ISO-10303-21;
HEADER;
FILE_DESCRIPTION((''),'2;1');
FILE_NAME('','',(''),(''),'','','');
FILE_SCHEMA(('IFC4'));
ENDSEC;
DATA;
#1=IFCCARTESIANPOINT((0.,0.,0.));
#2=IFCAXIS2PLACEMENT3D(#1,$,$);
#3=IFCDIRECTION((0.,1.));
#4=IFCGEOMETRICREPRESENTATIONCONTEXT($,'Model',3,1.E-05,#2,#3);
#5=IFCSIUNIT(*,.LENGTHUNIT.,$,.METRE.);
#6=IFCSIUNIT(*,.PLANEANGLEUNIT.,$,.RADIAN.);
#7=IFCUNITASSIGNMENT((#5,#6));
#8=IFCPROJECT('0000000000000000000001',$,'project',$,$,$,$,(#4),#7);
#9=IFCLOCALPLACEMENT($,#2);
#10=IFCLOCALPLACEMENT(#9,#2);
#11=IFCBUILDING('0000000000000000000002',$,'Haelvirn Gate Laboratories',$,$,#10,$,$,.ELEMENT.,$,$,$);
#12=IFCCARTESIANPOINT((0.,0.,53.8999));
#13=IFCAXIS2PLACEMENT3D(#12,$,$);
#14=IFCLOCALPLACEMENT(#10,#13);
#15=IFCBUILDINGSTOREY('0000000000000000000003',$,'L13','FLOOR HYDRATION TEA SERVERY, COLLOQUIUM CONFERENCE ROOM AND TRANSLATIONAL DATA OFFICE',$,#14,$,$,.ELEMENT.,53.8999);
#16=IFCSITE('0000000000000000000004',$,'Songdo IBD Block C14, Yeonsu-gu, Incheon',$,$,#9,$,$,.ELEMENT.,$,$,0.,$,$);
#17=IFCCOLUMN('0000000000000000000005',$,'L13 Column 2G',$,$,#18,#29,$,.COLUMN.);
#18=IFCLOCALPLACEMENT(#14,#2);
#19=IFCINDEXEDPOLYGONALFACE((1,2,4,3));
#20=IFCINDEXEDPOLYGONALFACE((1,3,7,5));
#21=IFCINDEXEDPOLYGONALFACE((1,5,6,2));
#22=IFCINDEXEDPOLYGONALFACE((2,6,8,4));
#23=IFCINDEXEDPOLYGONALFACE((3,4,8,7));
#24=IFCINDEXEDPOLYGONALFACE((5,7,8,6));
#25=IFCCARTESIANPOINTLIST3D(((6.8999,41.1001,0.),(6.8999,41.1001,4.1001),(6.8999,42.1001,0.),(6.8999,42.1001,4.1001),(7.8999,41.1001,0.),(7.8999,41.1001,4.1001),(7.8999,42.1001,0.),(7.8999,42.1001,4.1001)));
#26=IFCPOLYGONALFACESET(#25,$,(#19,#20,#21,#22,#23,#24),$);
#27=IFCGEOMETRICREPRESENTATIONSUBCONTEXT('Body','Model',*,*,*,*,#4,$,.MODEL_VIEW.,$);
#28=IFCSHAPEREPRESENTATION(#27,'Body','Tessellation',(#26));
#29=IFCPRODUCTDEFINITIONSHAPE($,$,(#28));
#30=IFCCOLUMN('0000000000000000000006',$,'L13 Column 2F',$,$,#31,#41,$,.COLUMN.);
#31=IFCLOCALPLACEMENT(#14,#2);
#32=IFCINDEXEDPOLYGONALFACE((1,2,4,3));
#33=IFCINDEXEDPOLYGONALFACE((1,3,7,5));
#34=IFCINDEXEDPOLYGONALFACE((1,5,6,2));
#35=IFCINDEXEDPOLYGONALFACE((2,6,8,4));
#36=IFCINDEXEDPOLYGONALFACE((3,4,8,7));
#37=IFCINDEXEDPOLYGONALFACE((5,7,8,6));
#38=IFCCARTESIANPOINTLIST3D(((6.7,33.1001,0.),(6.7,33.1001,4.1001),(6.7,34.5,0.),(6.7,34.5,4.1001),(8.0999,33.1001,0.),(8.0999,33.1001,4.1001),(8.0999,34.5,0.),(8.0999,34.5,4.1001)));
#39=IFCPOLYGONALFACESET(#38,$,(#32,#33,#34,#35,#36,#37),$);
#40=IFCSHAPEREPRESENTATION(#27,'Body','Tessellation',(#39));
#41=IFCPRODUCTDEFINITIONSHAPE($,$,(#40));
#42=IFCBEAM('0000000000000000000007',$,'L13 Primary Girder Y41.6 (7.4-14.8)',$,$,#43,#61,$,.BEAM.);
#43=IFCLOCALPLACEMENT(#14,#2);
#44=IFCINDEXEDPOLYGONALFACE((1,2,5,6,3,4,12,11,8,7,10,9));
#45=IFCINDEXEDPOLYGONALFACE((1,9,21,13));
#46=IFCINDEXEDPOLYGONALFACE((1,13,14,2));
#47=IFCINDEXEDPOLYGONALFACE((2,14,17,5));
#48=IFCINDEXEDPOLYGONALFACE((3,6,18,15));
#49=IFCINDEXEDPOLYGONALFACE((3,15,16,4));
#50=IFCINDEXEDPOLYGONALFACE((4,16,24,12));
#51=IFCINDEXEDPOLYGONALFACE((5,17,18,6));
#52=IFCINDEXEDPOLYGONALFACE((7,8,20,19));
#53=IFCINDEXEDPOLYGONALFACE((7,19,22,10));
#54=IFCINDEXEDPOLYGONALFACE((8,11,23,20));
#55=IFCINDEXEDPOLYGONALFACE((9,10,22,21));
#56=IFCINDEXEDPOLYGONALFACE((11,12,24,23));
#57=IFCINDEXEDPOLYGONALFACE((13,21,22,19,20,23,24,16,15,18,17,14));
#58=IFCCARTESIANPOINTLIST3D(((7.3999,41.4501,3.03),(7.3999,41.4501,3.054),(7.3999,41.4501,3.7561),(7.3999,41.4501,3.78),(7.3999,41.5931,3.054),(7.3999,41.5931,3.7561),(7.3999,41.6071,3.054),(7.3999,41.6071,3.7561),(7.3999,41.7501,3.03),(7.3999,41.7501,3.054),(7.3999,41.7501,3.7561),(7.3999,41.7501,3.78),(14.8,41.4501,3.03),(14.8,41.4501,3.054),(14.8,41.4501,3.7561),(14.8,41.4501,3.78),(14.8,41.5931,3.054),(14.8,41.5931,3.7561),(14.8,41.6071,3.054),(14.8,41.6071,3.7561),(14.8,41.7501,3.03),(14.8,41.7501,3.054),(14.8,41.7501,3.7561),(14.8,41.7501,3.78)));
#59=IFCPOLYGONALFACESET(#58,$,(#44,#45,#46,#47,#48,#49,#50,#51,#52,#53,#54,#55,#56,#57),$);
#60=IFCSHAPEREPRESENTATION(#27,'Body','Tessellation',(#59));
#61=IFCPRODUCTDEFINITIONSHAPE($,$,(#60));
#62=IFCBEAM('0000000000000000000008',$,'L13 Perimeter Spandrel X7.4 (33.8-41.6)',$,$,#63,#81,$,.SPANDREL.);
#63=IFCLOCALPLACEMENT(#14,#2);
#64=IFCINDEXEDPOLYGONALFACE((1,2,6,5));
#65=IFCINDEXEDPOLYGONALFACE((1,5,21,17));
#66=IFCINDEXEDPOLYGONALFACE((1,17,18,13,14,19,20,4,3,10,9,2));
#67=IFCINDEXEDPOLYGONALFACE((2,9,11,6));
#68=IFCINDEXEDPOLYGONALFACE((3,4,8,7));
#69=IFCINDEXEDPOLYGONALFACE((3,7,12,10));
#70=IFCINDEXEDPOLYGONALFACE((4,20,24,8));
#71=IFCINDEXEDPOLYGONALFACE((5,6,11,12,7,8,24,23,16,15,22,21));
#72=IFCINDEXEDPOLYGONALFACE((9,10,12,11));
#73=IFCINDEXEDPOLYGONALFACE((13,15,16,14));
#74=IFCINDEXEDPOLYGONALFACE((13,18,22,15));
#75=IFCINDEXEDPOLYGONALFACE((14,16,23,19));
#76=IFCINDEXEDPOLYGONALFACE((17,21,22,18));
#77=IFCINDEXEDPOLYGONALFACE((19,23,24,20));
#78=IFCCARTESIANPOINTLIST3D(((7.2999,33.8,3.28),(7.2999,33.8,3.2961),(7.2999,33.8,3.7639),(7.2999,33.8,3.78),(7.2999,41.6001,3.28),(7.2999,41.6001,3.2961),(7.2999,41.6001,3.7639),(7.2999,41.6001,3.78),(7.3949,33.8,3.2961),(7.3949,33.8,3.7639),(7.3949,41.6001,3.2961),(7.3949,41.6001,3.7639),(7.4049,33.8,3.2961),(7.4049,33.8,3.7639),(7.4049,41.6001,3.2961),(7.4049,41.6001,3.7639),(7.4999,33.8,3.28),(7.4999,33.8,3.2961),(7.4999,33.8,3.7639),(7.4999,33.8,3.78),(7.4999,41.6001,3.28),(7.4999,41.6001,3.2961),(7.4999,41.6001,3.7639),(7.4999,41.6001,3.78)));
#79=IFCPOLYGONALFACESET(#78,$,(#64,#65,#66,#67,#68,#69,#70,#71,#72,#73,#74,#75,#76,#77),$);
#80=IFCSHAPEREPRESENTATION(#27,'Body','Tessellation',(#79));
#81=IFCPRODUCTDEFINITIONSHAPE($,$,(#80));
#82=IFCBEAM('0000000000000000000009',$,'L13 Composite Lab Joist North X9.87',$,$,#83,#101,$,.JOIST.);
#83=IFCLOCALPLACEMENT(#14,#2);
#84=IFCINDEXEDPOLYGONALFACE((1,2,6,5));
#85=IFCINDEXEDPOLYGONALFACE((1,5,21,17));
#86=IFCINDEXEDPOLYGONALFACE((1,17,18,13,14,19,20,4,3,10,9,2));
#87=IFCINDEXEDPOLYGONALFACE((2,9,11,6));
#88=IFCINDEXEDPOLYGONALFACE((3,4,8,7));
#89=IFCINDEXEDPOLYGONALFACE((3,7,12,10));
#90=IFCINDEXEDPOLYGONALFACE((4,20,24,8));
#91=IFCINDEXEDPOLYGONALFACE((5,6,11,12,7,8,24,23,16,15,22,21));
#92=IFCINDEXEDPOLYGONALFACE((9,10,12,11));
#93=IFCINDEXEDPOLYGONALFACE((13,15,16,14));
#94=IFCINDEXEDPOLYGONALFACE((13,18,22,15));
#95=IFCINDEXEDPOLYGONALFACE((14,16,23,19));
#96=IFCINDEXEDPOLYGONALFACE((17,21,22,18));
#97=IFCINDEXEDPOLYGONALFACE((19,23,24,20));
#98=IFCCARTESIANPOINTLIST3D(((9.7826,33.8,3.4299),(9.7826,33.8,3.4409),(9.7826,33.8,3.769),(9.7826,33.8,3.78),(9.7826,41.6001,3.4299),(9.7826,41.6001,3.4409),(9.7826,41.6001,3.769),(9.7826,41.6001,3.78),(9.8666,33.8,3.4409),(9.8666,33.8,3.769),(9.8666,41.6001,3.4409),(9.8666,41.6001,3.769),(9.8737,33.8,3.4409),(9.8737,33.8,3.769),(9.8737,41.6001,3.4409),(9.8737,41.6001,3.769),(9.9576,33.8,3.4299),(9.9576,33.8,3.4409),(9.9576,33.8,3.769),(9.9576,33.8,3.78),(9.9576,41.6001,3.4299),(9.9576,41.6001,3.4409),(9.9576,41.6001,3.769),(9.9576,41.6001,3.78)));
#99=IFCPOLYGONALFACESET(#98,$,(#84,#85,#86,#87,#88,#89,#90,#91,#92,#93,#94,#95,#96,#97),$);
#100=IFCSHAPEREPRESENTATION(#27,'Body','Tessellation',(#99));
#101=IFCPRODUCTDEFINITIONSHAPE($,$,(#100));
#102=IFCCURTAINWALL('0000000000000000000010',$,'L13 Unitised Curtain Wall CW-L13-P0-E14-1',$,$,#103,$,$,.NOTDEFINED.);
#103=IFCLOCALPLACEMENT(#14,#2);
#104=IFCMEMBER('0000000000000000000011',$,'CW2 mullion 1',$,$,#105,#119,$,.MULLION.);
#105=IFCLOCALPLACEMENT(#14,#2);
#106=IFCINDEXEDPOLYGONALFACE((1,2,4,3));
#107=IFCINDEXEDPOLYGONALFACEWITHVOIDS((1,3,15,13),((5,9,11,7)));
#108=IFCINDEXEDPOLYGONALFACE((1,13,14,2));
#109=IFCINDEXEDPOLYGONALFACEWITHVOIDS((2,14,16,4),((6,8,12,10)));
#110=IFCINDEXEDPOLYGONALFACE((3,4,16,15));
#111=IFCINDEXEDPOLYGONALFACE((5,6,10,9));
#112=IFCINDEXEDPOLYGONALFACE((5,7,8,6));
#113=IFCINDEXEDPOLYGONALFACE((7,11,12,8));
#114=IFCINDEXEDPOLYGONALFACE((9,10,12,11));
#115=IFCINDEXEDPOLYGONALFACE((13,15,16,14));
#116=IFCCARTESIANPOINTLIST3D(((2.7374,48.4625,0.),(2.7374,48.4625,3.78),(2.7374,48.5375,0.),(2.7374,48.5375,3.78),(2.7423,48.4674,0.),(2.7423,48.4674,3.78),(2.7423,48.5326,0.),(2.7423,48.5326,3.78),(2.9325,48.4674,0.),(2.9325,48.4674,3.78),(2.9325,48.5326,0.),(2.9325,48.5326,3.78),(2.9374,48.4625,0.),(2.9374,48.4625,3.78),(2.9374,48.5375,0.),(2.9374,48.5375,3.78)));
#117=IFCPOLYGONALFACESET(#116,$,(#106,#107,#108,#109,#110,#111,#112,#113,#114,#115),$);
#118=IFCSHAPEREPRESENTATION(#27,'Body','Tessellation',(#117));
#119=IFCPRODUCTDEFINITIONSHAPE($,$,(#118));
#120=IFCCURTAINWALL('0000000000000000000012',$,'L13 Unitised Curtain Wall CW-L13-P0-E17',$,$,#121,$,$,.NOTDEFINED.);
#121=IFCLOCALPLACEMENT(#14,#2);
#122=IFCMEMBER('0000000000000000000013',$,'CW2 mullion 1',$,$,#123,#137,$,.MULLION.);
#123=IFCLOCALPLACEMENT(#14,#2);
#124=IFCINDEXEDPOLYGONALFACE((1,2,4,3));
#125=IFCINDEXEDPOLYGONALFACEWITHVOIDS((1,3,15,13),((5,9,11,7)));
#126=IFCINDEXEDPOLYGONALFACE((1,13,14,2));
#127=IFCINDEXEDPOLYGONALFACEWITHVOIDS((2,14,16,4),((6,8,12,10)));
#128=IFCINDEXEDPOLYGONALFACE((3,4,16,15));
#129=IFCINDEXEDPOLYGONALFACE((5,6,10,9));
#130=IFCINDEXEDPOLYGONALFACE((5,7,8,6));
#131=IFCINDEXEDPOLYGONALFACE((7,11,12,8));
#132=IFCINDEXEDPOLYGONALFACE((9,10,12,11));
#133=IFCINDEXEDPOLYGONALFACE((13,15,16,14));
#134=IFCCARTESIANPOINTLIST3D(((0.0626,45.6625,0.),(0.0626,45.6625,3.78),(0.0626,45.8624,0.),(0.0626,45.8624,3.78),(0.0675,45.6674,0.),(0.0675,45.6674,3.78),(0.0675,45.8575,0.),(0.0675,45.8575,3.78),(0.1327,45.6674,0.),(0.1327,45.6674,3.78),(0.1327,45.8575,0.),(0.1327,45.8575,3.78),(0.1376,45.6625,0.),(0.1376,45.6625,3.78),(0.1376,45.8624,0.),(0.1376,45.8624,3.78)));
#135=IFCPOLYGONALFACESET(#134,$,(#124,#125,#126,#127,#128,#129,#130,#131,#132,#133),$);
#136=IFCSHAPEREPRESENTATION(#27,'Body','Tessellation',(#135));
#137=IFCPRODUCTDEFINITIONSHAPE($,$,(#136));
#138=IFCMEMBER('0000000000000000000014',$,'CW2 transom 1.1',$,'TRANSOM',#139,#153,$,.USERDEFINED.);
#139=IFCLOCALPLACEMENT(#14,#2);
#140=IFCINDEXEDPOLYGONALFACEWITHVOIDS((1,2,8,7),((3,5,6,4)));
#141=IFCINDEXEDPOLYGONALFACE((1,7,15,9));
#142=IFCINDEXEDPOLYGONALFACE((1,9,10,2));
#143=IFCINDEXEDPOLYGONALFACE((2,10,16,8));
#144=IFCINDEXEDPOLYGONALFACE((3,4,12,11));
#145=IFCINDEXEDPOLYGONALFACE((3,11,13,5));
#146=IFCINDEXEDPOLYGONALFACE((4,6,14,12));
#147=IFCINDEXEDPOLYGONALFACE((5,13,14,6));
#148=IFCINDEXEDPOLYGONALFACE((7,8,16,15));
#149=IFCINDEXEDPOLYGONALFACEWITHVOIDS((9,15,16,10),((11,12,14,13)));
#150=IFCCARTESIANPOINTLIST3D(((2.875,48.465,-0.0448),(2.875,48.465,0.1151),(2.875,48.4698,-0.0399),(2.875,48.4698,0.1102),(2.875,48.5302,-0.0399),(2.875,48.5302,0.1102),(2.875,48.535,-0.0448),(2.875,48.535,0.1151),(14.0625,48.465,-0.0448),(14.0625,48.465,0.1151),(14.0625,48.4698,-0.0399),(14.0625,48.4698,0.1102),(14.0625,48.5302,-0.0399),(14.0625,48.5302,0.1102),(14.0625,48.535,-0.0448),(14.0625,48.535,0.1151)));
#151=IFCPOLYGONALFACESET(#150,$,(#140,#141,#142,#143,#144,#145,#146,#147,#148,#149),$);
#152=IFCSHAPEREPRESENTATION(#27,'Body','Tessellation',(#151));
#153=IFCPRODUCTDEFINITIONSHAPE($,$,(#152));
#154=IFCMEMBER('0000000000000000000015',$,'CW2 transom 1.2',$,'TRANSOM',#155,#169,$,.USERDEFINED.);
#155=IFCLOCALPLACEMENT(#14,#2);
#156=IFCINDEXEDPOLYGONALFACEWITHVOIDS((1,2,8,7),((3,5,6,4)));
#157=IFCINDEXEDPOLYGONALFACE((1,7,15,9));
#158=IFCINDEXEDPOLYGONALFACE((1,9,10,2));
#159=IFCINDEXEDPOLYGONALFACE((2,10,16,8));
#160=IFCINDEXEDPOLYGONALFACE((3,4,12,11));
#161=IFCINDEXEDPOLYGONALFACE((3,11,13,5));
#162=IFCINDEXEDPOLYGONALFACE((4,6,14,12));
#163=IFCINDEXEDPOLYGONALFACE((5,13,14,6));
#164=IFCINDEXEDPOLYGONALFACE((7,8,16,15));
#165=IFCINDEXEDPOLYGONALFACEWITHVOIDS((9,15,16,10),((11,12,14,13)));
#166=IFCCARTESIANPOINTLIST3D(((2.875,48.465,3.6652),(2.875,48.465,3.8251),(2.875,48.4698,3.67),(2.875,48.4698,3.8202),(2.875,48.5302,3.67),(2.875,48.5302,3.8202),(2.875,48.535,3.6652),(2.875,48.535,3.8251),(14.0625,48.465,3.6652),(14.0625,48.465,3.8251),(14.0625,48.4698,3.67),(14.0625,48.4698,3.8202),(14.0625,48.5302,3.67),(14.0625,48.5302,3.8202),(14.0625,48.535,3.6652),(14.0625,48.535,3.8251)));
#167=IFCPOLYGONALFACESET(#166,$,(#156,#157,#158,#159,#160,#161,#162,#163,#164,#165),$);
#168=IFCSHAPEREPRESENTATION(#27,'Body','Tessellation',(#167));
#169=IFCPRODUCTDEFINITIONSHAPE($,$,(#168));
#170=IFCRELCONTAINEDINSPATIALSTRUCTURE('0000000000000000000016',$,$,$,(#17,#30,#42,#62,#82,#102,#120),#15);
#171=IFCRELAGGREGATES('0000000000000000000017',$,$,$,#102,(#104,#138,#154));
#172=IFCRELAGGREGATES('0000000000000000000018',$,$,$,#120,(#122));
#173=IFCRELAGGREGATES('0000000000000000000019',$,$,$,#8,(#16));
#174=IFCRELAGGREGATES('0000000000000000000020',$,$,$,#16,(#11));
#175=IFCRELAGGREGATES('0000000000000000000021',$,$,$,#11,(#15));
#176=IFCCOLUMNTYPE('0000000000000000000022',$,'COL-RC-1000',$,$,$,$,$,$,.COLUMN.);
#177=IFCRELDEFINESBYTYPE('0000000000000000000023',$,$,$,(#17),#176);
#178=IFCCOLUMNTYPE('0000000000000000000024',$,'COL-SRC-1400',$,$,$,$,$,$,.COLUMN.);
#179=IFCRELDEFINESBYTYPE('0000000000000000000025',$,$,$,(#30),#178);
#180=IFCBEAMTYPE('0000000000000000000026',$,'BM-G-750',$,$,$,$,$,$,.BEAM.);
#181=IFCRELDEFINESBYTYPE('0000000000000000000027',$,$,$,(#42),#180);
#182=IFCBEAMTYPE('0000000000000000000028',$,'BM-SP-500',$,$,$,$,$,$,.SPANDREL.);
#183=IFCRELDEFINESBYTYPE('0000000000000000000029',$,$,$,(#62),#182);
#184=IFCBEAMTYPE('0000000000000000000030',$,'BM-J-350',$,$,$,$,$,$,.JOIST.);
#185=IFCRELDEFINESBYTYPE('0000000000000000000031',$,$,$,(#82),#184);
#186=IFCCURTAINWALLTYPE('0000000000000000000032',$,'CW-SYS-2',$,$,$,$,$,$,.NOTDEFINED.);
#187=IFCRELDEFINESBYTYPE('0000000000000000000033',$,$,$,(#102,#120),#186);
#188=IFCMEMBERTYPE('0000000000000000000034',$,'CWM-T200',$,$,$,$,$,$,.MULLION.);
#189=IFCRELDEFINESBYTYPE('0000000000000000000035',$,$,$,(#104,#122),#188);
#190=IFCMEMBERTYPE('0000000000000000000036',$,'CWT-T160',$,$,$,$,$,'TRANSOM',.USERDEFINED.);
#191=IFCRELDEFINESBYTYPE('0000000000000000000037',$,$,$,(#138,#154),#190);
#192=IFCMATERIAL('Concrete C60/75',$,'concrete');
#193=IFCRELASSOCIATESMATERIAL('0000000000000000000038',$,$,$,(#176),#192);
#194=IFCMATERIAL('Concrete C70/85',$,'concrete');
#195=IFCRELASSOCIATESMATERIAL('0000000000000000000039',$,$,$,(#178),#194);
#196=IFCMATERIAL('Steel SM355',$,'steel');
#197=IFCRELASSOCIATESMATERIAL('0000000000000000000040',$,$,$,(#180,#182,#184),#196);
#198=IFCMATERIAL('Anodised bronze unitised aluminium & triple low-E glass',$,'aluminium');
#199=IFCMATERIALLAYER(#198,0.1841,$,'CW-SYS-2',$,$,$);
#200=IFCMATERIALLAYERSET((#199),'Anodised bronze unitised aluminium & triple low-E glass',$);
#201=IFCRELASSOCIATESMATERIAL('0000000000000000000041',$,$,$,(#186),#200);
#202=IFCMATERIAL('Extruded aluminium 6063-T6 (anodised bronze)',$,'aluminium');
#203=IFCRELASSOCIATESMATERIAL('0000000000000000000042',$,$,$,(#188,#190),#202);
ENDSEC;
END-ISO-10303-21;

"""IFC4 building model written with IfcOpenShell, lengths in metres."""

from ifc_helpers import new_model, si_unit, direction, frame, origin, origin_2d, place, context, subcontext, project, spatial, rectangle, hollow_rectangle, i_section, extrude, source, transform, mapped, material, layer, layer_set, material_profile, profile_set, type_object, type_shapes, element, aggregate, save


model = new_model("IFC4")

# Units and contexts
model_context = context("Model", 3, precision=1e-05, world=origin(), true_north=direction((0.0, 1.0)))
body_context = subcontext(model_context, "Body", "Model", "MODEL_VIEW")
ifc_project = project(units=[si_unit("LENGTHUNIT", "METRE"), si_unit("PLANEANGLEUNIT", "RADIAN")], contexts=[model_context])

# Site, building, storey
site_placement = place(None, origin())
site = spatial("IfcSite", under=ifc_project, at=site_placement, Name="Songdo IBD Block C14, Yeonsu-gu, Incheon", CompositionType="ELEMENT", RefElevation=0.0)
building_placement = place(site_placement, origin())
building = spatial("IfcBuilding", under=site, at=building_placement, Name="Haelvirn Gate Laboratories", CompositionType="ELEMENT")
storey_placement = place(building_placement, frame((0.0, 0.0, 53.8999)))
storey = spatial("IfcBuildingStorey", under=building, at=storey_placement, Name="L13", Description="FLOOR HYDRATION TEA SERVERY, COLLOQUIUM CONFERENCE ROOM AND TRANSLATIONAL DATA OFFICE", CompositionType="ELEMENT", Elevation=53.8999)

# Columns
ifc_material_1 = material(Name="Concrete C60/75", Category="concrete")
ifc_material_profile_1 = material_profile(ifc_material_1, rectangle(XDim=1.0, YDim=1.0, at=origin_2d()), Name="RC-1000x1000")
ifc_profile_set_1 = profile_set([ifc_material_profile_1], Name="Concrete C60/75")
column_type_1 = type_object("IfcColumnType", Name="COL-RC-1000", PredefinedType="COLUMN", material=ifc_profile_set_1)
shared_shape_1 = source(origin(), body_context, "Body", "SweptSolid", [
    extrude(rectangle(XDim=1.0, YDim=1.0, at=origin_2d()), origin(), (0.0, 0.0, 1.0), 4.1001),
])
type_shapes(column_type_1, [shared_shape_1])
column_1_placement = place(storey_placement, frame((7.3999, 41.6001, 0.0), z_axis=(0.0, 0.0, 1.0), x_axis=(1.0, 0.0, 0.0)))
element("IfcColumn", 1, at=column_1_placement, inside=storey, type_object=column_type_1, Name="L13 Column 2G", PredefinedType="COLUMN", context=body_context, shape_type="MappedRepresentation", body=[
    mapped(shared_shape_1, transform((0.0, 0.0, 0.0), scale=1.0)),
])
ifc_material_2 = material(Name="Concrete C70/85", Category="concrete")
ifc_material_profile_2 = material_profile(ifc_material_2, rectangle(XDim=1.3999, YDim=1.3999, at=origin_2d()), Name="SRC-1400x1400")
ifc_profile_set_2 = profile_set([ifc_material_profile_2], Name="Concrete C70/85")
column_type_2 = type_object("IfcColumnType", Name="COL-SRC-1400", PredefinedType="COLUMN", material=ifc_profile_set_2)
shared_shape_2 = source(origin(), body_context, "Body", "SweptSolid", [
    extrude(rectangle(XDim=1.3999, YDim=1.3999, at=origin_2d()), origin(), (0.0, 0.0, 1.0), 4.1001),
])
type_shapes(column_type_2, [shared_shape_2])
column_2_placement = place(storey_placement, frame((7.3999, 33.8, 0.0), z_axis=(0.0, 0.0, 1.0), x_axis=(1.0, 0.0, 0.0)))
element("IfcColumn", 2, at=column_2_placement, inside=storey, type_object=column_type_2, Name="L13 Column 2F", PredefinedType="COLUMN", context=body_context, shape_type="MappedRepresentation", body=[
    mapped(shared_shape_2, transform((0.0, 0.0, 0.0), scale=1.0)),
])

# Beams
ifc_material_3 = material(Name="Steel SM355", Category="steel")
ifc_material_profile_3 = material_profile(ifc_material_3, i_section(OverallWidth=0.3, OverallDepth=0.75, WebThickness=0.0139, FlangeThickness=0.0239, at=origin_2d()), Name="H-750x300x14x24")
ifc_profile_set_3 = profile_set([ifc_material_profile_3], Name="Steel SM355")
beam_type_1 = type_object("IfcBeamType", Name="BM-G-750", PredefinedType="BEAM", material=ifc_profile_set_3)
shared_shape_3 = source(origin(), body_context, "Body", "SweptSolid", [
    extrude(i_section(OverallWidth=0.3, OverallDepth=0.75, WebThickness=0.0139, FlangeThickness=0.0239, at=origin_2d()), origin(), (0.0, 0.0, 1.0), 7.4001),
])
type_shapes(beam_type_1, [shared_shape_3])
beam_1_placement = place(storey_placement, frame((7.3999, 41.6001, 3.405), z_axis=(1.0, 0.0, 0.0), x_axis=(0.0, 1.0, 0.0)))
element("IfcBeam", 3, at=beam_1_placement, inside=storey, type_object=beam_type_1, Name="L13 Primary Girder Y41.6 (7.4-14.8)", PredefinedType="BEAM", context=body_context, shape_type="MappedRepresentation", body=[
    mapped(shared_shape_3, transform((0.0, 0.0, 0.0), scale=1.0)),
])
ifc_material_profile_4 = material_profile(ifc_material_3, i_section(OverallWidth=0.2, OverallDepth=0.5, WebThickness=0.01, FlangeThickness=0.0161, at=origin_2d()), Name="H-500x200x10x16")
ifc_profile_set_4 = profile_set([ifc_material_profile_4], Name="Steel SM355")
beam_type_2 = type_object("IfcBeamType", Name="BM-SP-500", PredefinedType="SPANDREL", material=ifc_profile_set_4)
shared_shape_4 = source(origin(), body_context, "Body", "SweptSolid", [
    extrude(i_section(OverallWidth=0.2, OverallDepth=0.5, WebThickness=0.01, FlangeThickness=0.0161, at=origin_2d()), origin(), (0.0, 0.0, 1.0), 7.8),
])
type_shapes(beam_type_2, [shared_shape_4])
beam_2_placement = place(storey_placement, frame((7.3999, 33.8, 3.53), z_axis=(0.0, 1.0, 0.0), x_axis=(-1.0, 0.0, 0.0)))
element("IfcBeam", 4, at=beam_2_placement, inside=storey, type_object=beam_type_2, Name="L13 Perimeter Spandrel X7.4 (33.8-41.6)", PredefinedType="SPANDREL", context=body_context, shape_type="MappedRepresentation", body=[
    mapped(shared_shape_4, transform((0.0, 0.0, 0.0), scale=1.0)),
])
ifc_material_profile_5 = material_profile(ifc_material_3, i_section(OverallWidth=0.175, OverallDepth=0.3501, WebThickness=0.0071, FlangeThickness=0.011, at=origin_2d()), Name="H-350x175x7x11")
ifc_profile_set_5 = profile_set([ifc_material_profile_5], Name="Steel SM355")
beam_type_3 = type_object("IfcBeamType", Name="BM-J-350", PredefinedType="JOIST", material=ifc_profile_set_5)
shared_shape_5 = source(origin(), body_context, "Body", "SweptSolid", [
    extrude(i_section(OverallWidth=0.175, OverallDepth=0.3501, WebThickness=0.0071, FlangeThickness=0.011, at=origin_2d()), origin(), (0.0, 0.0, 1.0), 7.8),
])
type_shapes(beam_type_3, [shared_shape_5])
beam_3_placement = place(storey_placement, frame((9.8701, 33.8, 3.605), z_axis=(0.0, 1.0, 0.0), x_axis=(-1.0, 0.0, 0.0)))
element("IfcBeam", 5, at=beam_3_placement, inside=storey, type_object=beam_type_3, Name="L13 Composite Lab Joist North X9.87", PredefinedType="JOIST", context=body_context, shape_type="MappedRepresentation", body=[
    mapped(shared_shape_5, transform((0.0, 0.0, 0.0), scale=1.0)),
])

# Curtain walls, members
ifc_material_4 = material(Name="Anodised bronze unitised aluminium & triple low-E glass", Category="aluminium")
ifc_layer_1 = layer(ifc_material_4, 0.1841, Name="CW-SYS-2")
ifc_layer_set_1 = layer_set([ifc_layer_1], Name="Anodised bronze unitised aluminium & triple low-E glass")
curtain_wall_type_1 = type_object("IfcCurtainWallType", Name="CW-SYS-2", PredefinedType="NOTDEFINED", material=ifc_layer_set_1)
curtain_wall_1_placement = place(storey_placement, origin())
curtain_wall_1 = element("IfcCurtainWall", 6, at=curtain_wall_1_placement, inside=storey, type_object=curtain_wall_type_1, Name="L13 Unitised Curtain Wall CW-L13-P0-E14-1", PredefinedType="NOTDEFINED")
ifc_material_5 = material(Name="Extruded aluminium 6063-T6 (anodised bronze)", Category="aluminium")
ifc_material_profile_6 = material_profile(ifc_material_5, hollow_rectangle(XDim=0.075, YDim=0.2, WallThickness=0.0049, at=origin_2d()), Name="CWM-200x75x5")
ifc_profile_set_6 = profile_set([ifc_material_profile_6], Name="Extruded aluminium 6063-T6 (anodised bronze)")
member_type_1 = type_object("IfcMemberType", Name="CWM-T200", PredefinedType="MULLION", material=ifc_profile_set_6)
shared_shape_6 = source(origin(), body_context, "Body", "SweptSolid", [
    extrude(hollow_rectangle(XDim=0.075, YDim=0.2, WallThickness=0.0049, at=origin_2d()), origin(), (0.0, 0.0, 1.0), 3.78),
])
type_shapes(member_type_1, [shared_shape_6])
member_1_placement = place(storey_placement, frame((2.8374, 48.5, 0.0), z_axis=(0.0, 0.0, 1.0), x_axis=(0.0, 1.0, 0.0)))
member_1 = element("IfcMember", 7, at=member_1_placement, type_object=member_type_1, Name="CW2 mullion 1", PredefinedType="MULLION", context=body_context, shape_type="MappedRepresentation", body=[
    mapped(shared_shape_6, transform((0.0, 0.0, 0.0), scale=1.0)),
])
curtain_wall_2_placement = place(storey_placement, origin())
curtain_wall_2 = element("IfcCurtainWall", 8, at=curtain_wall_2_placement, inside=storey, type_object=curtain_wall_type_1, Name="L13 Unitised Curtain Wall CW-L13-P0-E17", PredefinedType="NOTDEFINED")
member_2_placement = place(storey_placement, frame((0.1001, 45.7625, 0.0), z_axis=(0.0, 0.0, 1.0), x_axis=(1.0, 0.0, 0.0)))
member_2 = element("IfcMember", 9, at=member_2_placement, type_object=member_type_1, Name="CW2 mullion 1", PredefinedType="MULLION", context=body_context, shape_type="MappedRepresentation", body=[
    mapped(shared_shape_6, transform((0.0, 0.0, 0.0), scale=1.0)),
])

# Members
ifc_material_profile_7 = material_profile(ifc_material_5, hollow_rectangle(XDim=0.0701, YDim=0.1599, WallThickness=0.0049, at=origin_2d()), Name="CWT-160x70x5")
ifc_profile_set_7 = profile_set([ifc_material_profile_7], Name="Extruded aluminium 6063-T6 (anodised bronze)")
member_type_2 = type_object("IfcMemberType", Name="CWT-T160", ElementType="TRANSOM", PredefinedType="USERDEFINED", material=ifc_profile_set_7)
shared_shape_7 = source(origin(), body_context, "Body", "SweptSolid", [
    extrude(hollow_rectangle(XDim=0.0701, YDim=0.1599, WallThickness=0.0049, at=origin_2d()), origin(), (0.0, 0.0, 1.0), 11.1875),
])
member_3_placement = place(storey_placement, frame((2.875, 48.5, 0.0352), z_axis=(1.0, 0.0, 0.0), x_axis=(0.0, 1.0, 0.0)))
member_3 = element("IfcMember", 10, at=member_3_placement, type_object=member_type_2, Name="CW2 transom 1.1", ObjectType="TRANSOM", PredefinedType="USERDEFINED", context=body_context, shape_type="MappedRepresentation", body=[
    mapped(shared_shape_7, transform((0.0, 0.0, 0.0), scale=1.0)),
])
member_4_placement = place(storey_placement, frame((2.875, 48.5, 3.7451), z_axis=(1.0, 0.0, 0.0), x_axis=(0.0, 1.0, 0.0)))
member_4 = element("IfcMember", 11, at=member_4_placement, type_object=member_type_2, Name="CW2 transom 1.2", ObjectType="TRANSOM", PredefinedType="USERDEFINED", context=body_context, shape_type="MappedRepresentation", body=[
    mapped(shared_shape_7, transform((0.0, 0.0, 0.0), scale=1.0)),
])

aggregate(curtain_wall_1, [member_1, member_3, member_4])
aggregate(curtain_wall_2, [member_2])

save(model, "model.ifc")
